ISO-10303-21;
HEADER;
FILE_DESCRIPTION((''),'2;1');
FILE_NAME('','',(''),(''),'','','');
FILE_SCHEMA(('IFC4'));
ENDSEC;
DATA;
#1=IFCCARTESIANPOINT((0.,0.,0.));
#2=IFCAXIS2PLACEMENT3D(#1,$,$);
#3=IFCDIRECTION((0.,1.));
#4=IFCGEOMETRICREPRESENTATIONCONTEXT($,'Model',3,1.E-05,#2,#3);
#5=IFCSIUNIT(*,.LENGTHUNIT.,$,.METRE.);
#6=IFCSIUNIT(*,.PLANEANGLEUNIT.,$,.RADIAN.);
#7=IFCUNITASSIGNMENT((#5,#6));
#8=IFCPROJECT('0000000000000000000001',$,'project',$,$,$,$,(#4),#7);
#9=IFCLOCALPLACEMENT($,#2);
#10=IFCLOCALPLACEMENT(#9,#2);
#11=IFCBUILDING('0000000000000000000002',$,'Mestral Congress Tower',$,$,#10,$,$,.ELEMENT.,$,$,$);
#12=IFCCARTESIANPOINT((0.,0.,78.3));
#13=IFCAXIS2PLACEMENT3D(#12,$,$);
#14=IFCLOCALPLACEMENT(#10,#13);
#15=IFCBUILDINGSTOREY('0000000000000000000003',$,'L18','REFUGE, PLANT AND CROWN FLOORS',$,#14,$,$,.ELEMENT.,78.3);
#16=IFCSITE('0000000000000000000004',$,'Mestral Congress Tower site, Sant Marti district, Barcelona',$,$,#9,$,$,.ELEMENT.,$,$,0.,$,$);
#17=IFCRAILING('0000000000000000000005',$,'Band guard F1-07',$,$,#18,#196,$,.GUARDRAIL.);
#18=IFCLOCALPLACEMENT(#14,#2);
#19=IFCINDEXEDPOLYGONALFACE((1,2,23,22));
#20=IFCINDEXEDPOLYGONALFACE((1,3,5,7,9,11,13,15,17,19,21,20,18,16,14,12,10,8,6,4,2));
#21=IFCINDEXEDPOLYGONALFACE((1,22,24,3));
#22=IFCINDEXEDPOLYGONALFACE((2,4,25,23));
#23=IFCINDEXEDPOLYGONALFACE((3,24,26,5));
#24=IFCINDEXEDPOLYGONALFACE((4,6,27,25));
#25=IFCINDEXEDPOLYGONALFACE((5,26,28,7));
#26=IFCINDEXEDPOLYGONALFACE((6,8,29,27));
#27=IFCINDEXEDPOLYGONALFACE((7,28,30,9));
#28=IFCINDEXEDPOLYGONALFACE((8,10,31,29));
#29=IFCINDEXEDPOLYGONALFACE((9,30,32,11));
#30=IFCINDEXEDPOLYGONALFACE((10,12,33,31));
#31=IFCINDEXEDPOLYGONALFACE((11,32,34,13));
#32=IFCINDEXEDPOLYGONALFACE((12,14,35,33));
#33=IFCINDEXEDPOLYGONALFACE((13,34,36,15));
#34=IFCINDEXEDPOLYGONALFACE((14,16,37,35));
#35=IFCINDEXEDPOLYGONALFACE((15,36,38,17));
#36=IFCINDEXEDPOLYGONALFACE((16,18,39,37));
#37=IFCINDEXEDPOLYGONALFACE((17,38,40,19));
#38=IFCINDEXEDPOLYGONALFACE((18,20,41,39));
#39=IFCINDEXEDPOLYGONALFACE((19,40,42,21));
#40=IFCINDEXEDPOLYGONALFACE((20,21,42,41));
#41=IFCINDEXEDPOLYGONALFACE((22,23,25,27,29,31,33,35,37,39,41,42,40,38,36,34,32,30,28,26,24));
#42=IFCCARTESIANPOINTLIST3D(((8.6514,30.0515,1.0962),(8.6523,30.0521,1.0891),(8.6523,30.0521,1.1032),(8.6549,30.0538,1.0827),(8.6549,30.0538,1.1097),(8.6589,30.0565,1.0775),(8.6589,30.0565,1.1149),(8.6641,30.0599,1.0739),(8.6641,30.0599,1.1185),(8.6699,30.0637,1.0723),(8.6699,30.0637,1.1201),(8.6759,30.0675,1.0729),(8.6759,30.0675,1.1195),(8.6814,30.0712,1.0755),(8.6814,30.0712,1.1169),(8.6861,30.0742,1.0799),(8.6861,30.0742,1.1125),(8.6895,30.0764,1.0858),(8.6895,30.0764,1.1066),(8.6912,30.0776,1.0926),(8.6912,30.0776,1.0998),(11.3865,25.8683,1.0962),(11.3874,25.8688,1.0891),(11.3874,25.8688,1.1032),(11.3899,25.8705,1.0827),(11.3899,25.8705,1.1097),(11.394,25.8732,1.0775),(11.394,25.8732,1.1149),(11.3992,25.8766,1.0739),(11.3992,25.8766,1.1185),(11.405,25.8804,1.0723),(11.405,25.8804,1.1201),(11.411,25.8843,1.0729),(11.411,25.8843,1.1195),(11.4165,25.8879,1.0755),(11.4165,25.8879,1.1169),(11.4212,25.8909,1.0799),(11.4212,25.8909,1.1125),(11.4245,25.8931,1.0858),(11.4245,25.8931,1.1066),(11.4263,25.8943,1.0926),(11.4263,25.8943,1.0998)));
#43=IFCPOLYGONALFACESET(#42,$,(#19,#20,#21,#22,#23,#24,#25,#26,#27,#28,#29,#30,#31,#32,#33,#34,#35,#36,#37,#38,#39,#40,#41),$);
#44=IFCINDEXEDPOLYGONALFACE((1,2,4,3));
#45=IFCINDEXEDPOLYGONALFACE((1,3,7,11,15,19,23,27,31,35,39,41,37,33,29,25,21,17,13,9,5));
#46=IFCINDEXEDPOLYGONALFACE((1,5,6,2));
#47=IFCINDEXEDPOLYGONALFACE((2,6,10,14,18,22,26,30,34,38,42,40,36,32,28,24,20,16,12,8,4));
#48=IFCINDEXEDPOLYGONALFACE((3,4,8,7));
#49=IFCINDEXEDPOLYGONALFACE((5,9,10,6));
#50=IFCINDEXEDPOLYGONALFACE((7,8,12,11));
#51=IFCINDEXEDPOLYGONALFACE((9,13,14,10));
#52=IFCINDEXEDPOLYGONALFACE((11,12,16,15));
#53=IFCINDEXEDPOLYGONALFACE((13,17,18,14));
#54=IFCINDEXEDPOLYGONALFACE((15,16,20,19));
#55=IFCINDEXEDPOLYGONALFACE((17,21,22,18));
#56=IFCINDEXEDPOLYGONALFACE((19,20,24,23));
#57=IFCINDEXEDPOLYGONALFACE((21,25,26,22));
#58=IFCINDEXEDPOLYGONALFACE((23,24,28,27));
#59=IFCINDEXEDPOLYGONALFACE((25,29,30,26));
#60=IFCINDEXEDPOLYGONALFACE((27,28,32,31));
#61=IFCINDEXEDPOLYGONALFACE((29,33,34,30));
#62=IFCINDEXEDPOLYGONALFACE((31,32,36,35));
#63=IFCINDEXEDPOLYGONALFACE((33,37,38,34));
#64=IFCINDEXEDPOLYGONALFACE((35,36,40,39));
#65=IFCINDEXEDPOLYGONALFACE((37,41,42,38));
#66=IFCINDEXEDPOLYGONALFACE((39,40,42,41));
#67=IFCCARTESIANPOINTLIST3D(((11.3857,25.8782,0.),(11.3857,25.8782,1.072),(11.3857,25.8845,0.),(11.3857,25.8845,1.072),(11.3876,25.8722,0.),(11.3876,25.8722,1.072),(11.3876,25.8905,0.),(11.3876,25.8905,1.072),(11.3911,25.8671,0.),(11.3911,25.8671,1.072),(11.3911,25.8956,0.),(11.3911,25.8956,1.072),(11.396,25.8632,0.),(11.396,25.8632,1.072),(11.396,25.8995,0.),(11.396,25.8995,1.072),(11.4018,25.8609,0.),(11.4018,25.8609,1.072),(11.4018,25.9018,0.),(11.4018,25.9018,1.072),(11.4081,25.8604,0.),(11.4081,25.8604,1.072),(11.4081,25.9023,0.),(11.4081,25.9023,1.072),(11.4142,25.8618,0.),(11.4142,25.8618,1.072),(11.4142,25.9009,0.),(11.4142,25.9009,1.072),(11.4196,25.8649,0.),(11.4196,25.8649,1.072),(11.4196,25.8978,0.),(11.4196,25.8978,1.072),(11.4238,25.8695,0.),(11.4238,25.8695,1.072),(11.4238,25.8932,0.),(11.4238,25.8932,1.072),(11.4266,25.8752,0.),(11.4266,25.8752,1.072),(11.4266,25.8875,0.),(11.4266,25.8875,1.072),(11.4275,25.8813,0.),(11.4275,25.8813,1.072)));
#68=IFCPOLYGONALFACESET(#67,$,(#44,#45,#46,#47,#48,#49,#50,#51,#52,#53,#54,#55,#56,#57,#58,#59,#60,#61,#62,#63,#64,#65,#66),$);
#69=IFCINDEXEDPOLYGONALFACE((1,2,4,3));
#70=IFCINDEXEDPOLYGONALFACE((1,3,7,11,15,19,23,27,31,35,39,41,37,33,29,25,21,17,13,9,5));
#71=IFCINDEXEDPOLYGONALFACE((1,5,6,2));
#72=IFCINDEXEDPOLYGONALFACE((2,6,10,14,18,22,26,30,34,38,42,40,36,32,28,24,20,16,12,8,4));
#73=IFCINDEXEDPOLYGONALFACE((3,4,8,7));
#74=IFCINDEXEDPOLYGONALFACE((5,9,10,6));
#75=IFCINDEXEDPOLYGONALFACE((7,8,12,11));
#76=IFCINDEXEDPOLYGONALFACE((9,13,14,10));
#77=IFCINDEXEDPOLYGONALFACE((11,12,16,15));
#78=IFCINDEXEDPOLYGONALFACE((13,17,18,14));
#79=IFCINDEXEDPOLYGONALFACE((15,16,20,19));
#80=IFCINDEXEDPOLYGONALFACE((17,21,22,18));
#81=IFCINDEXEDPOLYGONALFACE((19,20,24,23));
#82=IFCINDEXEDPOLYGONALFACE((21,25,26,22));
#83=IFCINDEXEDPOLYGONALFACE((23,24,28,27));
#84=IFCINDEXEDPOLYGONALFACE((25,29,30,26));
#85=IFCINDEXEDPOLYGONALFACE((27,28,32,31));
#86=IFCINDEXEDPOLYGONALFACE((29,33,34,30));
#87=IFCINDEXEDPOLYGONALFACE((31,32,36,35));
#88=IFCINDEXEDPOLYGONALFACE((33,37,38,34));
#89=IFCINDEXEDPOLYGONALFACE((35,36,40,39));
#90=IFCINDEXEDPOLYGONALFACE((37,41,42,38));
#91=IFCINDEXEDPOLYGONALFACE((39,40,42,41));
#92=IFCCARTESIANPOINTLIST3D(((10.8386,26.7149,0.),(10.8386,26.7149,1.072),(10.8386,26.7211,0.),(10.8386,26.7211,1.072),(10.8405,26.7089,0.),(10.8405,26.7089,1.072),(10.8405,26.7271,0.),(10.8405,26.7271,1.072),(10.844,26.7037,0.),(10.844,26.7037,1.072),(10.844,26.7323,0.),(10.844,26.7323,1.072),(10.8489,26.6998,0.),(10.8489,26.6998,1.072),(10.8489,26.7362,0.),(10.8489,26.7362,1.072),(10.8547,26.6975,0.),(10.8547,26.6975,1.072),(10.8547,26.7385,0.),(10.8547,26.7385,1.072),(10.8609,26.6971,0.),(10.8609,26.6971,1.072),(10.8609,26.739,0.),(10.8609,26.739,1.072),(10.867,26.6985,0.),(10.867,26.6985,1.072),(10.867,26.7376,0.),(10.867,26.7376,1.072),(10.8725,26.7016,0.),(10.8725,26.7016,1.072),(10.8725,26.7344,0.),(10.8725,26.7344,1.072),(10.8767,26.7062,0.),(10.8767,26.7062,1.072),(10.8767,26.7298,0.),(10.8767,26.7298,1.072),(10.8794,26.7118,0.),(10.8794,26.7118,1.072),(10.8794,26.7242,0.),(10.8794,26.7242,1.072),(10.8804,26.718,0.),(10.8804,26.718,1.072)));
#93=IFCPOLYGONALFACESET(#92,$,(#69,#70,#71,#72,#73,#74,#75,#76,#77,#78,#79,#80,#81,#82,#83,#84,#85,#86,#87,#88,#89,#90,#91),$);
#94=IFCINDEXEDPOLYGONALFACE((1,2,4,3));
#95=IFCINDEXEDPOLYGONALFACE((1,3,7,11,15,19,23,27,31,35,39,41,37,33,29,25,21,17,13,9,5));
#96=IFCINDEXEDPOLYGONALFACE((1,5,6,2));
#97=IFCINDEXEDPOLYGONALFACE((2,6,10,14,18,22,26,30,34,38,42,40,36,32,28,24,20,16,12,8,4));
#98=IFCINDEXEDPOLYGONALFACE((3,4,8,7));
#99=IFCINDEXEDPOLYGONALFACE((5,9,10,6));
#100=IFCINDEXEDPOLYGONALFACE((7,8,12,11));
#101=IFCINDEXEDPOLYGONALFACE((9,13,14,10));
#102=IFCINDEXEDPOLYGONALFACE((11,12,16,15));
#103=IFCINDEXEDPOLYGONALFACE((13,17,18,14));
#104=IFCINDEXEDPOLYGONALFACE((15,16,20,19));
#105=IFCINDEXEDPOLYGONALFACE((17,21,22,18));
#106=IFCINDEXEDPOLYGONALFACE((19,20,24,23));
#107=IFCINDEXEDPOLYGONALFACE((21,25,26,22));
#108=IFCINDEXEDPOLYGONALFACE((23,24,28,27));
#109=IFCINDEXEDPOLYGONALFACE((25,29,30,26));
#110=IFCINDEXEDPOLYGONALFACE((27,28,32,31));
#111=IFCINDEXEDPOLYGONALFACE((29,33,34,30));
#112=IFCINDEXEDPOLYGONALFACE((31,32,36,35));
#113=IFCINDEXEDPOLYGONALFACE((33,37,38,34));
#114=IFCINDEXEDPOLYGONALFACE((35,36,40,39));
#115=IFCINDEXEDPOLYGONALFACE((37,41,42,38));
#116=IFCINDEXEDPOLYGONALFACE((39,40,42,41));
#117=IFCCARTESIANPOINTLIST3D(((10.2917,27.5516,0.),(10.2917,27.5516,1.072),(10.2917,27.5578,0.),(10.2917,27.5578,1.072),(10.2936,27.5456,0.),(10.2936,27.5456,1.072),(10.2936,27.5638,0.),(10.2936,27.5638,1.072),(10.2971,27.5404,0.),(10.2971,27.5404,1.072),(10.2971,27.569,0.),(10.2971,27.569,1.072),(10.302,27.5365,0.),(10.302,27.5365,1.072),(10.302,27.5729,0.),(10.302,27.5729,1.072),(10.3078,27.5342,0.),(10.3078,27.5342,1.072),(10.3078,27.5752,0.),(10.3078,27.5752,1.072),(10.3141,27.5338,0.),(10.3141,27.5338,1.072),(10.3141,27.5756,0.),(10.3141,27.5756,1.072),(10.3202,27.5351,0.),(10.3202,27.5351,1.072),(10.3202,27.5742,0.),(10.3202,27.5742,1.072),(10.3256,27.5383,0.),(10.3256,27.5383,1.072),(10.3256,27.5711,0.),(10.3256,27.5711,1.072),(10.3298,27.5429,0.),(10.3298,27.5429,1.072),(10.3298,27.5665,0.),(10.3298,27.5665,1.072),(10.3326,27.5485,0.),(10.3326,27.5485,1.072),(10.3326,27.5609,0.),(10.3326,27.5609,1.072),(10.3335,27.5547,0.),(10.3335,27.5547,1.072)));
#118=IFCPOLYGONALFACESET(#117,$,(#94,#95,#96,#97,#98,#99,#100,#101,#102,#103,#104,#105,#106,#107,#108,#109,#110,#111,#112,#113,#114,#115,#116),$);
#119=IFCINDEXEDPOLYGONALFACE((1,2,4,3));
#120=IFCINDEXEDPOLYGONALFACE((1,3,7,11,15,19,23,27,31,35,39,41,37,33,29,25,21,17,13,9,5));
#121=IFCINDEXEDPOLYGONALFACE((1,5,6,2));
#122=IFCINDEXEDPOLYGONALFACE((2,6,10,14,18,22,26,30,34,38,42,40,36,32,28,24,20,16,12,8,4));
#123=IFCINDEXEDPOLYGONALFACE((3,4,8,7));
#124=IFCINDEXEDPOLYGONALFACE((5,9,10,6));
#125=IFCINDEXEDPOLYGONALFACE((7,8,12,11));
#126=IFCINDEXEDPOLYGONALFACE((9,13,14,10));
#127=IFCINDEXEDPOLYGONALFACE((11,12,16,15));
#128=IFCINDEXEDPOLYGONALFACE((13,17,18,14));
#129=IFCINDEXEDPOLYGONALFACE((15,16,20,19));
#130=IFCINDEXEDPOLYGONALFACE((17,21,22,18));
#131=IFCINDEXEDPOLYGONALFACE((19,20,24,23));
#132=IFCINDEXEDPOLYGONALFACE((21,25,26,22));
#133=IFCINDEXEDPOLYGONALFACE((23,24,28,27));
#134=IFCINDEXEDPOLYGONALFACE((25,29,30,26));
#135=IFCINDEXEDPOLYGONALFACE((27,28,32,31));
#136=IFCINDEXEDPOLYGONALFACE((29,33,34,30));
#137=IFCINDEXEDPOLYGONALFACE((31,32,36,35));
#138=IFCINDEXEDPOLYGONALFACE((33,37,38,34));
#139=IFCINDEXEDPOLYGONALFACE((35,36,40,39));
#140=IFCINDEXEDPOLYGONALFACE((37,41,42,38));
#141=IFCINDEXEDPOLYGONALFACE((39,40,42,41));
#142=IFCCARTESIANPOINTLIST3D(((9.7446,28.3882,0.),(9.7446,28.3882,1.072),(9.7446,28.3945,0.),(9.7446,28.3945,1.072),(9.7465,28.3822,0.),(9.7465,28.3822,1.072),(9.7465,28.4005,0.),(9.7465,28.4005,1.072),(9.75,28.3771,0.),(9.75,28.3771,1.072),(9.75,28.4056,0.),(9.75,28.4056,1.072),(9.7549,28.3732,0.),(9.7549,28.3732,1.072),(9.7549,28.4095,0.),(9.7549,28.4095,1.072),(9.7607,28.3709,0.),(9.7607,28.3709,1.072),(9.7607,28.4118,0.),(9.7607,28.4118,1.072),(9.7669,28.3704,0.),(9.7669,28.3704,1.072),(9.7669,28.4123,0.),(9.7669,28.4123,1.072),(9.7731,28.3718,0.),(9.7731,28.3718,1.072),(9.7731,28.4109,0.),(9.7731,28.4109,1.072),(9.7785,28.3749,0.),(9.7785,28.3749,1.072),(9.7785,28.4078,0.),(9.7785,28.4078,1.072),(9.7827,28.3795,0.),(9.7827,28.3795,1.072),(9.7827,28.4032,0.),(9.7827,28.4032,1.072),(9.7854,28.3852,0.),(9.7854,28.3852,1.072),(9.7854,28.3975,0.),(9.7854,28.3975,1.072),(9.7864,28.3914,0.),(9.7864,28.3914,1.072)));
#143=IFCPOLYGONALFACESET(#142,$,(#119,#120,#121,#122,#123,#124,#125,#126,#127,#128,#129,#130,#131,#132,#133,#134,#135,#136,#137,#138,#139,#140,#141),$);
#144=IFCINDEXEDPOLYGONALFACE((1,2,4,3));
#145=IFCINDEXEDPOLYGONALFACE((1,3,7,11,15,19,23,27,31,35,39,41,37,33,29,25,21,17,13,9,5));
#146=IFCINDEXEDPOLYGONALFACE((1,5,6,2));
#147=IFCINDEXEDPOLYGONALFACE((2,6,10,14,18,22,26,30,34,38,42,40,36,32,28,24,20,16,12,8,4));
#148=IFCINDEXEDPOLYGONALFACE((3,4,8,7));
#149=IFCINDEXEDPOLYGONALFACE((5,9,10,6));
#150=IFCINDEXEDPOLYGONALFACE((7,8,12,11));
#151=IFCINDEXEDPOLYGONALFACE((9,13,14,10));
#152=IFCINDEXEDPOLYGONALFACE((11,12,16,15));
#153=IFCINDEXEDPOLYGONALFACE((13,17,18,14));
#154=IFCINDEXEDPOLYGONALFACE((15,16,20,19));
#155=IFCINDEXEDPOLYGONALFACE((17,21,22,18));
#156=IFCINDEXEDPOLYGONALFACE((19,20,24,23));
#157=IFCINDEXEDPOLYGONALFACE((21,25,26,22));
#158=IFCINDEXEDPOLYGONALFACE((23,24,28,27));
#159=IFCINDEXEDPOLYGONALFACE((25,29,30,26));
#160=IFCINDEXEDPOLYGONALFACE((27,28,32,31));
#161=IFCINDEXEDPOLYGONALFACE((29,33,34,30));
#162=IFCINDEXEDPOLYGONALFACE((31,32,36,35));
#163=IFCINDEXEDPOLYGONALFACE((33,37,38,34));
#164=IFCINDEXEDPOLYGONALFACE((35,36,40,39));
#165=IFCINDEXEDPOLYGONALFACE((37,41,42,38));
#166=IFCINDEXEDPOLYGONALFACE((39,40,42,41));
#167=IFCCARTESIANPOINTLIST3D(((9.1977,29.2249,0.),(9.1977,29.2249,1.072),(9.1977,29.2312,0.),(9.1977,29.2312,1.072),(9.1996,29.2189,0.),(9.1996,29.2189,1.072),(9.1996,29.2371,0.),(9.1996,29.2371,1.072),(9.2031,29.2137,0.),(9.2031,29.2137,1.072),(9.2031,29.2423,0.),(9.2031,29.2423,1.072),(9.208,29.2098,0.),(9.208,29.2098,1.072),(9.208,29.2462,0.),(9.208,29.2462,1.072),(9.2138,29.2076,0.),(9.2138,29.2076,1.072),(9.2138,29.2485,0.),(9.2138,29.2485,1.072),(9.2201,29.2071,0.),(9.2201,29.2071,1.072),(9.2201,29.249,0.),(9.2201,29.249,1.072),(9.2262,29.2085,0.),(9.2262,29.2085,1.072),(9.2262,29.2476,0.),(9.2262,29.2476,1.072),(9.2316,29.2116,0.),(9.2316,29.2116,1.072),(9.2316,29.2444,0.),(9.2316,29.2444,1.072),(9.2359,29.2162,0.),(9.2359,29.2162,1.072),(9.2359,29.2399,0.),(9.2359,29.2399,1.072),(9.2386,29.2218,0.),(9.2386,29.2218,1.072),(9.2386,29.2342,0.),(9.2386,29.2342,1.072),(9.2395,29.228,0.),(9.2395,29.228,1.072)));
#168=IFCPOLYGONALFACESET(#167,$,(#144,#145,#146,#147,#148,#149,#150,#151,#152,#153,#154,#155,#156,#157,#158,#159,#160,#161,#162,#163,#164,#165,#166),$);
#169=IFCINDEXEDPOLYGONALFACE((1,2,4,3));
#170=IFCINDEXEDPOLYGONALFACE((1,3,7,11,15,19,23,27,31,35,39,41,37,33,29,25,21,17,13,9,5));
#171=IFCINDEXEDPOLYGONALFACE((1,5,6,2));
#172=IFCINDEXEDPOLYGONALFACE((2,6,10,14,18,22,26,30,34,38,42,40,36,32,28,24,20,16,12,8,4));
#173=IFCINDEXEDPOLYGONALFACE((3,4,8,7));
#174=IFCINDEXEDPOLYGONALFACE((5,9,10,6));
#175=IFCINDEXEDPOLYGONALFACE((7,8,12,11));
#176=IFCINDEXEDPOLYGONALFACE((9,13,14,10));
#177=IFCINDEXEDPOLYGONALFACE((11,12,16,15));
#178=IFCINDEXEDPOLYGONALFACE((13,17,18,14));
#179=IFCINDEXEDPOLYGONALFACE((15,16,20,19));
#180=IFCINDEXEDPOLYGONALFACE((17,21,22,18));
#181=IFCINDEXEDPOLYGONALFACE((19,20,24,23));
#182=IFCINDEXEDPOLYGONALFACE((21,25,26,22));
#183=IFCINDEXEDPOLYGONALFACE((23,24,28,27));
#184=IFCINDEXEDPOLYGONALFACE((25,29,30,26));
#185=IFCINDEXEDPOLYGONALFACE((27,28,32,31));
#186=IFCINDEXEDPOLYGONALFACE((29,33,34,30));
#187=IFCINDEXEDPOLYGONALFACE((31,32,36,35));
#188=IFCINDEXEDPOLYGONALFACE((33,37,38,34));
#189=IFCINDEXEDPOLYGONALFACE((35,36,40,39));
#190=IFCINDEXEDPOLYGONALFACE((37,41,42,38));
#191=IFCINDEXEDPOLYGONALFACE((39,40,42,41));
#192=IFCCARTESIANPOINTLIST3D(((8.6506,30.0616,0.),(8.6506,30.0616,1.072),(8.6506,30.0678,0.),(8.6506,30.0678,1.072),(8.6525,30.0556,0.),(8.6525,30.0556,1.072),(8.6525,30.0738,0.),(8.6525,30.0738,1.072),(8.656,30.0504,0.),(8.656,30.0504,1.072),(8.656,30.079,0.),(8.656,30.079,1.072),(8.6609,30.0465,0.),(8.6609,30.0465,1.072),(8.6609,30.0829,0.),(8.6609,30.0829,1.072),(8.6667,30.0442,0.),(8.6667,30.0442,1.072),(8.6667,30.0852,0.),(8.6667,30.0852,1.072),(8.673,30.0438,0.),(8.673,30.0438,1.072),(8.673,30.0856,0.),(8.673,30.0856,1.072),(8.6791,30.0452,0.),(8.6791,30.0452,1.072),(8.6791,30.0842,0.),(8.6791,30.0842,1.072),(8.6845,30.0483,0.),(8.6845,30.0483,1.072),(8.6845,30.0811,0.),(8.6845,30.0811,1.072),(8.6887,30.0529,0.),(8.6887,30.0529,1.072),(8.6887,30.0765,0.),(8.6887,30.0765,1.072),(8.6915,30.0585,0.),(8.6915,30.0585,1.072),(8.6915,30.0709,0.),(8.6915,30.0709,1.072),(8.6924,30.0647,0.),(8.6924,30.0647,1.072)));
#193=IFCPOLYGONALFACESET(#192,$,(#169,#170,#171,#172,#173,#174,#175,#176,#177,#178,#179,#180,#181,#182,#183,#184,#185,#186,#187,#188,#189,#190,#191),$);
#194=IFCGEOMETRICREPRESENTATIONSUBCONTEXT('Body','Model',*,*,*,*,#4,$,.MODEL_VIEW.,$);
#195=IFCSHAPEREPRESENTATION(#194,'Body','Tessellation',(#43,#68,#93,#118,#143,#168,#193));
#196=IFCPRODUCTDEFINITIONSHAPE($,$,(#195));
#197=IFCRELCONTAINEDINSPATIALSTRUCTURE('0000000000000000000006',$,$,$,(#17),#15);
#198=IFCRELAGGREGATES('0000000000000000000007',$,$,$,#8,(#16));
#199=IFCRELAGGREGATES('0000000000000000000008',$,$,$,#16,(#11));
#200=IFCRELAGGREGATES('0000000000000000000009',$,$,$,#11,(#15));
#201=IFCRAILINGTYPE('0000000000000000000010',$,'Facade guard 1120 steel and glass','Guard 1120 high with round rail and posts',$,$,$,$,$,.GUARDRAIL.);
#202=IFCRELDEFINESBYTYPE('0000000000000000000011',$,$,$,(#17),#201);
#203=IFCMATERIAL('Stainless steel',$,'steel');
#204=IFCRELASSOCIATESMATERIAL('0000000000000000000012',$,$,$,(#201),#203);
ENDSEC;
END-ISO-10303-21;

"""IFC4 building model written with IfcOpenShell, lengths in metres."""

from ifc_helpers import new_model, si_unit, direction, frame, origin, origin_2d, place, context, subcontext, project, spatial, circle, extrude, material, type_object, element, save


model = new_model("IFC4")

# Units and contexts
model_context = context("Model", 3, precision=1e-05, world=origin(), true_north=direction((0.0, 1.0)))
body_context = subcontext(model_context, "Body", "Model", "MODEL_VIEW")
ifc_project = project(units=[si_unit("LENGTHUNIT", "METRE"), si_unit("PLANEANGLEUNIT", "RADIAN")], contexts=[model_context])

# Site, building, storey
site_placement = place(None, origin())
site = spatial("IfcSite", under=ifc_project, at=site_placement, Name="Mestral Congress Tower site, Sant Marti district, Barcelona", CompositionType="ELEMENT", RefElevation=0.0)
building_placement = place(site_placement, origin())
building = spatial("IfcBuilding", under=site, at=building_placement, Name="Mestral Congress Tower", CompositionType="ELEMENT")
storey_placement = place(building_placement, frame((0.0, 0.0, 78.3)))
storey = spatial("IfcBuildingStorey", under=building, at=storey_placement, Name="L18", Description="REFUGE, PLANT AND CROWN FLOORS", CompositionType="ELEMENT", Elevation=78.3)

# Railing
ifc_material_1 = material(Name="Stainless steel", Category="steel")
railing_type = type_object("IfcRailingType", Name="Facade guard 1120 steel and glass", Description="Guard 1120 high with round rail and posts", PredefinedType="GUARDRAIL", material=ifc_material_1)
railing_placement = place(storey_placement, frame((11.4065, 25.8813, 0.0)))
element("IfcRailing", 1, at=railing_placement, inside=storey, type_object=railing_type, Name="Band guard F1-07", PredefinedType="GUARDRAIL", context=body_context, shape_type="SweptSolid", body=[
    extrude(circle(Radius=0.0239, at=origin_2d()), frame((0.0, 0.0, 1.0962), z_axis=(-0.547227, 0.836984, 0.0), x_axis=(-0.836984, -0.547227, 0.0)), (0.0, 0.0, 1.0), 4.998),
    extrude(circle(Radius=0.021, at=origin_2d()), origin(), (0.0, 0.0, 1.0), 1.072),
    extrude(circle(Radius=0.021, at=origin_2d()), frame((-0.5471, 0.8367, 0.0)), (0.0, 0.0, 1.0), 1.072),
    extrude(circle(Radius=0.021, at=origin_2d()), frame((-1.094, 1.6733, 0.0)), (0.0, 0.0, 1.0), 1.072),
    extrude(circle(Radius=0.021, at=origin_2d()), frame((-1.6411, 2.51, 0.0)), (0.0, 0.0, 1.0), 1.072),
    extrude(circle(Radius=0.021, at=origin_2d()), frame((-2.188, 3.3467, 0.0)), (0.0, 0.0, 1.0), 1.072),
    extrude(circle(Radius=0.021, at=origin_2d()), frame((-2.7351, 4.1833, 0.0)), (0.0, 0.0, 1.0), 1.072),
])

save(model, "model.ifc")
